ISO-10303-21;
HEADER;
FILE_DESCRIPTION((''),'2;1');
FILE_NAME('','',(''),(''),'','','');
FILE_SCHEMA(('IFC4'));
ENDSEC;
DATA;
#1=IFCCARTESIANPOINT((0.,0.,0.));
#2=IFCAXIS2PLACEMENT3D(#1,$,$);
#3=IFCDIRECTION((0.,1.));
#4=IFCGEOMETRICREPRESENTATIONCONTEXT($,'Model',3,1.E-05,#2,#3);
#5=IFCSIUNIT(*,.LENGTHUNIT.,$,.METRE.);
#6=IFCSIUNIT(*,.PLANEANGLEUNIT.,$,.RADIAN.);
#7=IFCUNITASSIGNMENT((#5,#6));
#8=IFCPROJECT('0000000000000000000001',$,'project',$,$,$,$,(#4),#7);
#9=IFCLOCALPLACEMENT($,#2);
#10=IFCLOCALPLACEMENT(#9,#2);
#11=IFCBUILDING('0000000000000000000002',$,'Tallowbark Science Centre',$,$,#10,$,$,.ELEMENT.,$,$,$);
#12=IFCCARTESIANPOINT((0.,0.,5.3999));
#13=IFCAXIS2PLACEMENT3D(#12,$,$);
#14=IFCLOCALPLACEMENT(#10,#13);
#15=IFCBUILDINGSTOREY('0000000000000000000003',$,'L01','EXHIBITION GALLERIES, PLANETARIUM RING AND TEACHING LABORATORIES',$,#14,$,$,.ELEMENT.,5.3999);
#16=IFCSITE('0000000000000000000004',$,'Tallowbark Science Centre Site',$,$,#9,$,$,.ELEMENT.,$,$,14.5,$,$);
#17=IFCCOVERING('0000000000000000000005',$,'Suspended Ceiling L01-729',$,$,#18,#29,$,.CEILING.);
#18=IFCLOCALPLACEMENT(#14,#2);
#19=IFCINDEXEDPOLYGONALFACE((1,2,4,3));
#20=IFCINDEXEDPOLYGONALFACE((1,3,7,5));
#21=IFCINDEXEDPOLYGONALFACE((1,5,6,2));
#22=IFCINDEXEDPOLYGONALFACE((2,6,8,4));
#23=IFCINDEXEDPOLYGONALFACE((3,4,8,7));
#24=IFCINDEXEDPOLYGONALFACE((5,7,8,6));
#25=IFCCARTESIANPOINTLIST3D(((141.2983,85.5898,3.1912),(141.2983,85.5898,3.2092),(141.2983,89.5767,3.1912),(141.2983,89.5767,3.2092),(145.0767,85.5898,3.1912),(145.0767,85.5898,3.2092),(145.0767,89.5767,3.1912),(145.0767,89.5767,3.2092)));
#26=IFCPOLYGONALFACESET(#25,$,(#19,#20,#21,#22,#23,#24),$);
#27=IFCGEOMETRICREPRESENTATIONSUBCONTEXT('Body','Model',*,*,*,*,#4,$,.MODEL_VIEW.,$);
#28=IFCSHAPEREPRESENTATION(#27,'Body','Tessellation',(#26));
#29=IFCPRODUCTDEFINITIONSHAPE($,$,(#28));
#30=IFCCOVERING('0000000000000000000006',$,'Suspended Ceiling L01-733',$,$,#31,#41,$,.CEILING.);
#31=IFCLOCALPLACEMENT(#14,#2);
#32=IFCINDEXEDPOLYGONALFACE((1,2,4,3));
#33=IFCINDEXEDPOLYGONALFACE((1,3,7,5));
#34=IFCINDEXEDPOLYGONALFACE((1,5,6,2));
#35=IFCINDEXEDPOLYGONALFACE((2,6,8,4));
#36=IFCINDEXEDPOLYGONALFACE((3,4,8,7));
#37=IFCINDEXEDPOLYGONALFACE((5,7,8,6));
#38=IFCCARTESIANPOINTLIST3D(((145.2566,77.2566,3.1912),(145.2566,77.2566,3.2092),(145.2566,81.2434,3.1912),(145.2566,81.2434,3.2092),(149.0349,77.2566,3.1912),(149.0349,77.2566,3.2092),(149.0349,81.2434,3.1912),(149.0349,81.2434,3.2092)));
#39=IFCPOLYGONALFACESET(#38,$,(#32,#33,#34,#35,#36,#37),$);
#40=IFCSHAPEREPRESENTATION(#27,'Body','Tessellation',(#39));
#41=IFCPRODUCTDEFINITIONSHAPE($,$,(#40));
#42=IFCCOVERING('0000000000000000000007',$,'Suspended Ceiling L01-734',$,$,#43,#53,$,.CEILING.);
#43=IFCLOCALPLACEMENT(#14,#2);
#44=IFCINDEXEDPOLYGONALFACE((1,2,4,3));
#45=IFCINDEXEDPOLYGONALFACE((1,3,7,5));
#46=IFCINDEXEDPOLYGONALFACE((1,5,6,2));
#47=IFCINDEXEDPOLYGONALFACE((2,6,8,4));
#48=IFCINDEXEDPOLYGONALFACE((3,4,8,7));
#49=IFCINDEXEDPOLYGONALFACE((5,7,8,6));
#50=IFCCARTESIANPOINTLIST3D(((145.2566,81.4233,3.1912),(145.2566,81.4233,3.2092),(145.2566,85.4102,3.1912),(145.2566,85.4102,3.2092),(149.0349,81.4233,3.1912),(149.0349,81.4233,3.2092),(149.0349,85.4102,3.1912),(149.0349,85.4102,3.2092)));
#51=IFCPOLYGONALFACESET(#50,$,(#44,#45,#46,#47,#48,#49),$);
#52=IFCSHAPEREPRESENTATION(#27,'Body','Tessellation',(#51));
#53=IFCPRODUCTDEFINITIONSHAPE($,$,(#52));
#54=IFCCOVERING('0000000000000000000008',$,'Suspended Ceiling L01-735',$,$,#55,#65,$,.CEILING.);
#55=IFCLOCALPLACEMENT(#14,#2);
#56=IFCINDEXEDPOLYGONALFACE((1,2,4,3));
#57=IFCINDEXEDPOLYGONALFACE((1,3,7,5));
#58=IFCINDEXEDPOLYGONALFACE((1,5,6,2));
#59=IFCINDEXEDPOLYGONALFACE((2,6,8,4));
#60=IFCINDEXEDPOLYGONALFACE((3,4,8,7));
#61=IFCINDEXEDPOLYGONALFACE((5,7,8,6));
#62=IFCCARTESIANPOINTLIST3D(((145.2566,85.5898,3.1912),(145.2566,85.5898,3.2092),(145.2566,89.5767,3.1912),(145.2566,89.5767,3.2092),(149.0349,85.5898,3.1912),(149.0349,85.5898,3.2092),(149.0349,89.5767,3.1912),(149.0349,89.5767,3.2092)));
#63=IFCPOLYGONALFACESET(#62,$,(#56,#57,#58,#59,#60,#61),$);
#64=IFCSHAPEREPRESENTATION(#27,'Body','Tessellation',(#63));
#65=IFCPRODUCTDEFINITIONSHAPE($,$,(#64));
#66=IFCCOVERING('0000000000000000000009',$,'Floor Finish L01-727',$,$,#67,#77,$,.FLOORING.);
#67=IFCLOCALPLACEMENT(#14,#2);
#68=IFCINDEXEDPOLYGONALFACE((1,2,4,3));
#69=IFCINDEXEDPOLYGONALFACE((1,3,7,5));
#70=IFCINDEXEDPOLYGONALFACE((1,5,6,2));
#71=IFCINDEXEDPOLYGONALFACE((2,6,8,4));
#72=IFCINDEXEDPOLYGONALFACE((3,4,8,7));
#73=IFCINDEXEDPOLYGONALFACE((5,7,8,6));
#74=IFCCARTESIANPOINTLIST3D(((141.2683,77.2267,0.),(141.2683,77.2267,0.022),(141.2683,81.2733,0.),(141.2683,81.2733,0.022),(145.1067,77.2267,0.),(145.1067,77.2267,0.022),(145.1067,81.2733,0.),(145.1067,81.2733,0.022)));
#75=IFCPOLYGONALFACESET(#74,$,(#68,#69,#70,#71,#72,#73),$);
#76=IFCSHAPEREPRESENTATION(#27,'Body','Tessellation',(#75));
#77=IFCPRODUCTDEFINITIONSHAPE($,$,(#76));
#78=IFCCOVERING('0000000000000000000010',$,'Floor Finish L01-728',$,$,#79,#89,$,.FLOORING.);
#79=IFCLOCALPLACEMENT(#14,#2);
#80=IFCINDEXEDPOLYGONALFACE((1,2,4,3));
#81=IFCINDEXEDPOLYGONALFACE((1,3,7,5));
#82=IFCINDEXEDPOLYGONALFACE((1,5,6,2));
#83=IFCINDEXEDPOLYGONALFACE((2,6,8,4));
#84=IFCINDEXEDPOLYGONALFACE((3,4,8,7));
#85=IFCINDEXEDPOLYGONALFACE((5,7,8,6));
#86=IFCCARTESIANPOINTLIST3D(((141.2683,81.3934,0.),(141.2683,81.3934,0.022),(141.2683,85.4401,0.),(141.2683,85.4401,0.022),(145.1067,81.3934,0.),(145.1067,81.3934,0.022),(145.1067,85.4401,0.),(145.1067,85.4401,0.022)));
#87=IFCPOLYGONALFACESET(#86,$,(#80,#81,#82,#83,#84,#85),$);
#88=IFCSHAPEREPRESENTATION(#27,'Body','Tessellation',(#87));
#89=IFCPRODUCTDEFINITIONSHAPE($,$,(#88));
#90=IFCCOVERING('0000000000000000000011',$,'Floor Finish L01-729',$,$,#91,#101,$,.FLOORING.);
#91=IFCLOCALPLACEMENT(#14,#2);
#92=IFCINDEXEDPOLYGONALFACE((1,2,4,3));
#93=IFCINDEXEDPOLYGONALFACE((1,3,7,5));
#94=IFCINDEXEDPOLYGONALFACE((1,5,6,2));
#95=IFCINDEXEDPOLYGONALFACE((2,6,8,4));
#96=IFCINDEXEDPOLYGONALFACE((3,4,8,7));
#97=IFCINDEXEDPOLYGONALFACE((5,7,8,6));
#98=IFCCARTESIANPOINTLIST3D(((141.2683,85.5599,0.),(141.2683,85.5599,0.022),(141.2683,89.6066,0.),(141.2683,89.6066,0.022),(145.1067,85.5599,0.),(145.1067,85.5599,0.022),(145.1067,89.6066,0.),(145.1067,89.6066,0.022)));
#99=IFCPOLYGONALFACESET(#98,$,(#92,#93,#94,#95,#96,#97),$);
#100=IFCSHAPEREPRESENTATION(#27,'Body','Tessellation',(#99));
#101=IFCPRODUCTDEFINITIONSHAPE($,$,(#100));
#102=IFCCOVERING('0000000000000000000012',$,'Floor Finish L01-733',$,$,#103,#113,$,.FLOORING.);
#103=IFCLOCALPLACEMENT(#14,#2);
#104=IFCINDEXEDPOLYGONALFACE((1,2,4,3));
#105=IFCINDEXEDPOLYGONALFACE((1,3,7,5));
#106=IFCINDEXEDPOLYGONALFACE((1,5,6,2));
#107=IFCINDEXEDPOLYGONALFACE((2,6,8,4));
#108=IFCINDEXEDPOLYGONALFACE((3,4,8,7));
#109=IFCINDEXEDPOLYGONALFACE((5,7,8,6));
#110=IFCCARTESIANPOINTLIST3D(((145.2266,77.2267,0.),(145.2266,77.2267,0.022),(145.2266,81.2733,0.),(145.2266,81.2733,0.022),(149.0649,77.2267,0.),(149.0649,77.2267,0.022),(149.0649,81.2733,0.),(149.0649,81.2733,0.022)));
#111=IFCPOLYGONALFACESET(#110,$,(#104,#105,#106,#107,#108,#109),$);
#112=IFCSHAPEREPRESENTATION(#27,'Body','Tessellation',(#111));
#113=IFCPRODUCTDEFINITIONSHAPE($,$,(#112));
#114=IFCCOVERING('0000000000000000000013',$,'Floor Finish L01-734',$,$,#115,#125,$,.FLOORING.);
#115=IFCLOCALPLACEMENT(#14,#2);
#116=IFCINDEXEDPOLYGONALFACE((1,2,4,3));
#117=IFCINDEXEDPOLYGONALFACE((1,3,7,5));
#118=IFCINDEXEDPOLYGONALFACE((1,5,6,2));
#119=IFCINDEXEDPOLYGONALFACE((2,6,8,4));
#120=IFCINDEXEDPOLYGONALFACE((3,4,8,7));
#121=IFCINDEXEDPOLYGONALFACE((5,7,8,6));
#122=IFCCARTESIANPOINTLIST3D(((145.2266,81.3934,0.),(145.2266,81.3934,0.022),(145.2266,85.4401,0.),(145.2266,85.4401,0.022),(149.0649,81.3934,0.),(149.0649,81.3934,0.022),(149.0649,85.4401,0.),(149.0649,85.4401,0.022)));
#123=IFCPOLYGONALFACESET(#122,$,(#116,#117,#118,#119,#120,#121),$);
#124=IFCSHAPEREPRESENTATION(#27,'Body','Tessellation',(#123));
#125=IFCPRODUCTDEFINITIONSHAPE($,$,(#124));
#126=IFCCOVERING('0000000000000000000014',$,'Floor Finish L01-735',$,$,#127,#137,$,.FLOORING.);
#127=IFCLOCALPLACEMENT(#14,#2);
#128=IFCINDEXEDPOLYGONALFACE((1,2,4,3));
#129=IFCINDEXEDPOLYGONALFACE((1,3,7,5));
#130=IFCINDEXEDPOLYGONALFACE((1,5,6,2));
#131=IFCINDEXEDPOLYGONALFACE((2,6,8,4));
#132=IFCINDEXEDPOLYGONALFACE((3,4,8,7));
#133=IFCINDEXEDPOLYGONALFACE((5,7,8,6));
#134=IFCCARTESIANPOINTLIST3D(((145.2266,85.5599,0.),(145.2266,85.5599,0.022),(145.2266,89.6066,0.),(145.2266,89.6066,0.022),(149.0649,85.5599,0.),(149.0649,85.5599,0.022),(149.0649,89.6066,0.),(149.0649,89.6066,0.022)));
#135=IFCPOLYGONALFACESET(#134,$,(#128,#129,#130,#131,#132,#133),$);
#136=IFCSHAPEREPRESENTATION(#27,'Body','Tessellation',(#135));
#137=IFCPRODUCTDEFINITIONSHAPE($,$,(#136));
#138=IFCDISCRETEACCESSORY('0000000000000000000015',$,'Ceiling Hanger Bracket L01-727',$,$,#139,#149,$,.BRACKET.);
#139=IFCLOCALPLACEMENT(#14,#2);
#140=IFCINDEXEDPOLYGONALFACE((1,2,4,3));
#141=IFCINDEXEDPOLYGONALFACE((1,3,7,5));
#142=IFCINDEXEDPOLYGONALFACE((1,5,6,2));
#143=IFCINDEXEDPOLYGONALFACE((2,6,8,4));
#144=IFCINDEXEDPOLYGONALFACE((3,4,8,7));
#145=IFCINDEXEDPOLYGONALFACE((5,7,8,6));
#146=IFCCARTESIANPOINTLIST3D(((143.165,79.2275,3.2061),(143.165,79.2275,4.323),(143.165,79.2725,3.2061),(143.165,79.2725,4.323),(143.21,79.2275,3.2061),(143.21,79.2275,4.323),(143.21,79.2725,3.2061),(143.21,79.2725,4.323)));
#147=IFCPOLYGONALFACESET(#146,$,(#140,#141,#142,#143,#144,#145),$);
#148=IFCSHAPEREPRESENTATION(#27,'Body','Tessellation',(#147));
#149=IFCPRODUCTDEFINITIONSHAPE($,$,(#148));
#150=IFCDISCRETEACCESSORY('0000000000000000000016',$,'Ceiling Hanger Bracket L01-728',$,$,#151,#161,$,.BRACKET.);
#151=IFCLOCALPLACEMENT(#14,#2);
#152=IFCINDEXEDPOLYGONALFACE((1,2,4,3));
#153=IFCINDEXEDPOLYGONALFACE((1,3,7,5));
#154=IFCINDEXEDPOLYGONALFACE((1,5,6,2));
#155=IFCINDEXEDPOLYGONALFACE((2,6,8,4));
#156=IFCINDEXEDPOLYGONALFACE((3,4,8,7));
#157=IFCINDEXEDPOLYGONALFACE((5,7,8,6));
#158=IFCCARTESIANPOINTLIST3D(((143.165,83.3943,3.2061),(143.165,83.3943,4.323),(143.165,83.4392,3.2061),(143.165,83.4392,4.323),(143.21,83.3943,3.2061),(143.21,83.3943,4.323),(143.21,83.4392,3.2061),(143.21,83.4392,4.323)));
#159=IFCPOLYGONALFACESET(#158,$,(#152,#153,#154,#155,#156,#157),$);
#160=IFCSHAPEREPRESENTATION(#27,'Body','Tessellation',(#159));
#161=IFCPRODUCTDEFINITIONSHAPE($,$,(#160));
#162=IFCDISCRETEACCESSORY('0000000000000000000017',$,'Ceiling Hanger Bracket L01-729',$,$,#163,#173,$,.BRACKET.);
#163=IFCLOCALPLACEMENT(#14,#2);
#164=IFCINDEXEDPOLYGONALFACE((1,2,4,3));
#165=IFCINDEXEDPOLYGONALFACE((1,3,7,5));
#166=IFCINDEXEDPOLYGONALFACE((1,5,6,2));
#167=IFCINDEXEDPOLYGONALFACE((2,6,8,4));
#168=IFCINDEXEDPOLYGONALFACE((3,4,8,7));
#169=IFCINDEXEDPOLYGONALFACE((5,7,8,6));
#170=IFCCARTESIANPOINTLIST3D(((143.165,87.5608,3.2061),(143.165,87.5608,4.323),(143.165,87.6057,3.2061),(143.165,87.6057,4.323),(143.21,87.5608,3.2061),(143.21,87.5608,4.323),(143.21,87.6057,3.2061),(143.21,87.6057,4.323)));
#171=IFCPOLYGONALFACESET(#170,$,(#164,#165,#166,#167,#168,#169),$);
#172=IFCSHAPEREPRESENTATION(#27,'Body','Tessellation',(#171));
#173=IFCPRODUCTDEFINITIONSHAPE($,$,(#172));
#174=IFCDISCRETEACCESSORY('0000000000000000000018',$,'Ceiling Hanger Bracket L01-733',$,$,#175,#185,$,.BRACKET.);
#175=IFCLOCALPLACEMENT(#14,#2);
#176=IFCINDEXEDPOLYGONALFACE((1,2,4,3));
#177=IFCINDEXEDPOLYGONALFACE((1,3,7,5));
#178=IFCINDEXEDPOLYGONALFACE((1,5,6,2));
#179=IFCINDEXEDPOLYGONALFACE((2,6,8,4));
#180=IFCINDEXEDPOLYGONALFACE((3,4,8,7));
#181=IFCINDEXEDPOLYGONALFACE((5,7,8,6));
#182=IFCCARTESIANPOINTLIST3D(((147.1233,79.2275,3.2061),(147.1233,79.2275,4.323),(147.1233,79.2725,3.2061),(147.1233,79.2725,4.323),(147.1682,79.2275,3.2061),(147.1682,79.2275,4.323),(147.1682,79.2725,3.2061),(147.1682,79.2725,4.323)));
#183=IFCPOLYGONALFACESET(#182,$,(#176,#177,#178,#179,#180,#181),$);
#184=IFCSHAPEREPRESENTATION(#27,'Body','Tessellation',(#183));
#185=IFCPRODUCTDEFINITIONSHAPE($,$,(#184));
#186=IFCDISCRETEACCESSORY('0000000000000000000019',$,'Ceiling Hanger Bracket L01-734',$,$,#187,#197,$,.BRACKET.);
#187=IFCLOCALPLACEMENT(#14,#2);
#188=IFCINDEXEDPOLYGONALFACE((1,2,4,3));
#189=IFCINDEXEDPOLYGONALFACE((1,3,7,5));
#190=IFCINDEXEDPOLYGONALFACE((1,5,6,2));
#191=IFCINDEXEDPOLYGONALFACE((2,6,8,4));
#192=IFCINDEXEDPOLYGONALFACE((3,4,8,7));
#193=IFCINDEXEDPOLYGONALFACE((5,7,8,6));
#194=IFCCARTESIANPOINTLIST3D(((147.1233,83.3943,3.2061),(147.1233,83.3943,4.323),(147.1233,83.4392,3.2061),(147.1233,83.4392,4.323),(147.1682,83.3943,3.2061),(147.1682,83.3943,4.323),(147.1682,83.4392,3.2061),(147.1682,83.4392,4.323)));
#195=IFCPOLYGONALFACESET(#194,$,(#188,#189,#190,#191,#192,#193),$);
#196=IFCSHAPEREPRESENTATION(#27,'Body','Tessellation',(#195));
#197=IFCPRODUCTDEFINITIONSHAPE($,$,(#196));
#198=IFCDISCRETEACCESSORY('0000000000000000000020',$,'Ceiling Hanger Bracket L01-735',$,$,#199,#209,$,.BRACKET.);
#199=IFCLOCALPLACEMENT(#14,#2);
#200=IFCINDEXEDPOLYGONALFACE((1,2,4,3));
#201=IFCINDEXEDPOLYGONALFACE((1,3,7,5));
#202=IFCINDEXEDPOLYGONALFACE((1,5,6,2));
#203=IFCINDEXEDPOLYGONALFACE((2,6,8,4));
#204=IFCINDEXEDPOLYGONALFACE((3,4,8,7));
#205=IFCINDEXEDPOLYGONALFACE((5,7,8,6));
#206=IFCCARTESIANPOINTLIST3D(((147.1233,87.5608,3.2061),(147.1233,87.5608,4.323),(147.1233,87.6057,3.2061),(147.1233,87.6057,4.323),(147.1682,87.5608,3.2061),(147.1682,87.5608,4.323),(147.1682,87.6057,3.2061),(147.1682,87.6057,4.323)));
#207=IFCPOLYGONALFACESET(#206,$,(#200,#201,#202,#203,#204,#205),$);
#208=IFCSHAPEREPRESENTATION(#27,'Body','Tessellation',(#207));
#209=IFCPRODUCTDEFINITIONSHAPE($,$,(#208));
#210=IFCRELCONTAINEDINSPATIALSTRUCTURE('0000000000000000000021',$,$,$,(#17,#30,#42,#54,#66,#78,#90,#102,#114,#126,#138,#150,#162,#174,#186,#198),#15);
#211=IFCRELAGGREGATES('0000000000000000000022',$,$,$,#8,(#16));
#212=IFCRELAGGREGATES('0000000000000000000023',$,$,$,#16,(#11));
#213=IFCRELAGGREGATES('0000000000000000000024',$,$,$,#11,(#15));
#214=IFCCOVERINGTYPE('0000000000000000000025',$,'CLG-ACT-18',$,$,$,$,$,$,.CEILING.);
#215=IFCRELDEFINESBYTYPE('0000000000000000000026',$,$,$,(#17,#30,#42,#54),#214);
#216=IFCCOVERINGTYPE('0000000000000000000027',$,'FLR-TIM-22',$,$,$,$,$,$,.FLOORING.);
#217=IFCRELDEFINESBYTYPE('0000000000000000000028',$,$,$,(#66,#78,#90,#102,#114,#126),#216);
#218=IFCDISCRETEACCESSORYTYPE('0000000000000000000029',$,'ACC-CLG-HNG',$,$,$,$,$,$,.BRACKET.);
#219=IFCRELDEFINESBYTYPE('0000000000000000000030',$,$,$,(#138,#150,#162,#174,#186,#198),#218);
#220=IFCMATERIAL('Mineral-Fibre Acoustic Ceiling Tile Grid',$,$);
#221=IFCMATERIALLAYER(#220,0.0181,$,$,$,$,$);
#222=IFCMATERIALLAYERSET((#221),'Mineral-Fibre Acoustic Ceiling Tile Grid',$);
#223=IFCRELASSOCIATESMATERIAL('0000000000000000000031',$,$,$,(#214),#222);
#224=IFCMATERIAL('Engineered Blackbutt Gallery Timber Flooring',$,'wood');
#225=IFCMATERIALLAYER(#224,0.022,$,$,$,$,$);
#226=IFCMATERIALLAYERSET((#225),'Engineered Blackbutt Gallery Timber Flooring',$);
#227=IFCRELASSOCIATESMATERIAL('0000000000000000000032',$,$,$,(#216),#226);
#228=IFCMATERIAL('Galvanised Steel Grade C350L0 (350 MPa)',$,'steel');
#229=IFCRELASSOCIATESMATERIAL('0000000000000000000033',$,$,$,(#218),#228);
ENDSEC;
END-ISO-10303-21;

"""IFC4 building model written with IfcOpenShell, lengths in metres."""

from ifc_helpers import new_model, si_unit, direction, frame, origin, origin_2d, place, context, subcontext, project, spatial, rectangle, extrude, material, layer, layer_set, type_object, element, save


model = new_model("IFC4")

# Units and contexts
model_context = context("Model", 3, precision=1e-05, world=origin(), true_north=direction((0.0, 1.0)))
body_context = subcontext(model_context, "Body", "Model", "MODEL_VIEW")
ifc_project = project(units=[si_unit("LENGTHUNIT", "METRE"), si_unit("PLANEANGLEUNIT", "RADIAN")], contexts=[model_context])

# Site, building, storey
site_placement = place(None, origin())
site = spatial("IfcSite", under=ifc_project, at=site_placement, Name="Tallowbark Science Centre Site", CompositionType="ELEMENT", RefElevation=14.5)
building_placement = place(site_placement, origin())
building = spatial("IfcBuilding", under=site, at=building_placement, Name="Tallowbark Science Centre", CompositionType="ELEMENT")
storey_placement = place(building_placement, frame((0.0, 0.0, 5.3999)))
storey = spatial("IfcBuildingStorey", under=building, at=storey_placement, Name="L01", Description="EXHIBITION GALLERIES, PLANETARIUM RING AND TEACHING LABORATORIES", CompositionType="ELEMENT", Elevation=5.3999)

# Coverings
ifc_material_1 = material(Name="Mineral-Fibre Acoustic Ceiling Tile Grid")
ifc_layer_1 = layer(ifc_material_1, 0.0181)
ifc_layer_set_1 = layer_set([ifc_layer_1], Name="Mineral-Fibre Acoustic Ceiling Tile Grid")
covering_type_1 = type_object("IfcCoveringType", Name="CLG-ACT-18", PredefinedType="CEILING", material=ifc_layer_set_1)
for number, where, z_axis, x_axis, name in (
    (1, (143.1875, 87.5833, 3.1912), (0.0, 0.0, 1.0), (1.0, 0.0, 0.0), "Suspended Ceiling L01-729"),
    (2, (147.1458, 79.25, 3.1912), (0.0, 0.0, 1.0), (1.0, 0.0, 0.0), "Suspended Ceiling L01-733"),
    (3, (147.1458, 83.4167, 3.1912), (0.0, 0.0, 1.0), (1.0, 0.0, 0.0), "Suspended Ceiling L01-734"),
    (4, (147.1458, 87.5833, 3.1912), (0.0, 0.0, 1.0), (1.0, 0.0, 0.0), "Suspended Ceiling L01-735"),
):
    element("IfcCovering", number, at=place(storey_placement, frame(where, z_axis=z_axis, x_axis=x_axis)), inside=storey, type_object=covering_type_1, Name=name, PredefinedType="CEILING", context=body_context, shape_type="SweptSolid", body=[
        extrude(rectangle(XDim=3.7783, YDim=3.9868, at=origin_2d()), origin(), (0.0, 0.0, 1.0), 0.0181),
    ])
ifc_material_2 = material(Name="Engineered Blackbutt Gallery Timber Flooring", Category="wood")
ifc_layer_2 = layer(ifc_material_2, 0.022)
ifc_layer_set_2 = layer_set([ifc_layer_2], Name="Engineered Blackbutt Gallery Timber Flooring")
covering_type_2 = type_object("IfcCoveringType", Name="FLR-TIM-22", PredefinedType="FLOORING", material=ifc_layer_set_2)
for number, where, z_axis, x_axis, name in (
    (5, (143.1875, 79.25, 0.0), (0.0, 0.0, 1.0), (1.0, 0.0, 0.0), "Floor Finish L01-727"),
    (6, (143.1875, 83.4167, 0.0), (0.0, 0.0, 1.0), (1.0, 0.0, 0.0), "Floor Finish L01-728"),
    (7, (143.1875, 87.5833, 0.0), (0.0, 0.0, 1.0), (1.0, 0.0, 0.0), "Floor Finish L01-729"),
    (8, (147.1458, 79.25, 0.0), (0.0, 0.0, 1.0), (1.0, 0.0, 0.0), "Floor Finish L01-733"),
    (9, (147.1458, 83.4167, 0.0), (0.0, 0.0, 1.0), (1.0, 0.0, 0.0), "Floor Finish L01-734"),
    (10, (147.1458, 87.5833, 0.0), (0.0, 0.0, 1.0), (1.0, 0.0, 0.0), "Floor Finish L01-735"),
):
    element("IfcCovering", number, at=place(storey_placement, frame(where, z_axis=z_axis, x_axis=x_axis)), inside=storey, type_object=covering_type_2, Name=name, PredefinedType="FLOORING", context=body_context, shape_type="SweptSolid", body=[
        extrude(rectangle(XDim=3.8384, YDim=4.0466, at=origin_2d()), origin(), (0.0, 0.0, 1.0), 0.022),
    ])

# Discrete accessories
ifc_material_3 = material(Name="Galvanised Steel Grade C350L0 (350 MPa)", Category="steel")
discrete_accessory_type = type_object("IfcDiscreteAccessoryType", Name="ACC-CLG-HNG", PredefinedType="BRACKET", material=ifc_material_3)
for number, where, z_axis, x_axis, name in (
    (11, (143.1875, 79.25, 3.2061), (0.0, 0.0, 1.0), (1.0, 0.0, 0.0), "Ceiling Hanger Bracket L01-727"),
    (12, (143.1875, 83.4167, 3.2061), (0.0, 0.0, 1.0), (1.0, 0.0, 0.0), "Ceiling Hanger Bracket L01-728"),
    (13, (143.1875, 87.5833, 3.2061), (0.0, 0.0, 1.0), (1.0, 0.0, 0.0), "Ceiling Hanger Bracket L01-729"),
    (14, (147.1458, 79.25, 3.2061), (0.0, 0.0, 1.0), (1.0, 0.0, 0.0), "Ceiling Hanger Bracket L01-733"),
    (15, (147.1458, 83.4167, 3.2061), (0.0, 0.0, 1.0), (1.0, 0.0, 0.0), "Ceiling Hanger Bracket L01-734"),
    (16, (147.1458, 87.5833, 3.2061), (0.0, 0.0, 1.0), (1.0, 0.0, 0.0), "Ceiling Hanger Bracket L01-735"),
):
    element("IfcDiscreteAccessory", number, at=place(storey_placement, frame(where, z_axis=z_axis, x_axis=x_axis)), inside=storey, type_object=discrete_accessory_type, Name=name, PredefinedType="BRACKET", context=body_context, shape_type="SweptSolid", body=[
        extrude(rectangle(XDim=0.0449, YDim=0.0449, at=origin_2d()), origin(), (0.0, 0.0, 1.0), 1.1169),
    ])

save(model, "model.ifc")
